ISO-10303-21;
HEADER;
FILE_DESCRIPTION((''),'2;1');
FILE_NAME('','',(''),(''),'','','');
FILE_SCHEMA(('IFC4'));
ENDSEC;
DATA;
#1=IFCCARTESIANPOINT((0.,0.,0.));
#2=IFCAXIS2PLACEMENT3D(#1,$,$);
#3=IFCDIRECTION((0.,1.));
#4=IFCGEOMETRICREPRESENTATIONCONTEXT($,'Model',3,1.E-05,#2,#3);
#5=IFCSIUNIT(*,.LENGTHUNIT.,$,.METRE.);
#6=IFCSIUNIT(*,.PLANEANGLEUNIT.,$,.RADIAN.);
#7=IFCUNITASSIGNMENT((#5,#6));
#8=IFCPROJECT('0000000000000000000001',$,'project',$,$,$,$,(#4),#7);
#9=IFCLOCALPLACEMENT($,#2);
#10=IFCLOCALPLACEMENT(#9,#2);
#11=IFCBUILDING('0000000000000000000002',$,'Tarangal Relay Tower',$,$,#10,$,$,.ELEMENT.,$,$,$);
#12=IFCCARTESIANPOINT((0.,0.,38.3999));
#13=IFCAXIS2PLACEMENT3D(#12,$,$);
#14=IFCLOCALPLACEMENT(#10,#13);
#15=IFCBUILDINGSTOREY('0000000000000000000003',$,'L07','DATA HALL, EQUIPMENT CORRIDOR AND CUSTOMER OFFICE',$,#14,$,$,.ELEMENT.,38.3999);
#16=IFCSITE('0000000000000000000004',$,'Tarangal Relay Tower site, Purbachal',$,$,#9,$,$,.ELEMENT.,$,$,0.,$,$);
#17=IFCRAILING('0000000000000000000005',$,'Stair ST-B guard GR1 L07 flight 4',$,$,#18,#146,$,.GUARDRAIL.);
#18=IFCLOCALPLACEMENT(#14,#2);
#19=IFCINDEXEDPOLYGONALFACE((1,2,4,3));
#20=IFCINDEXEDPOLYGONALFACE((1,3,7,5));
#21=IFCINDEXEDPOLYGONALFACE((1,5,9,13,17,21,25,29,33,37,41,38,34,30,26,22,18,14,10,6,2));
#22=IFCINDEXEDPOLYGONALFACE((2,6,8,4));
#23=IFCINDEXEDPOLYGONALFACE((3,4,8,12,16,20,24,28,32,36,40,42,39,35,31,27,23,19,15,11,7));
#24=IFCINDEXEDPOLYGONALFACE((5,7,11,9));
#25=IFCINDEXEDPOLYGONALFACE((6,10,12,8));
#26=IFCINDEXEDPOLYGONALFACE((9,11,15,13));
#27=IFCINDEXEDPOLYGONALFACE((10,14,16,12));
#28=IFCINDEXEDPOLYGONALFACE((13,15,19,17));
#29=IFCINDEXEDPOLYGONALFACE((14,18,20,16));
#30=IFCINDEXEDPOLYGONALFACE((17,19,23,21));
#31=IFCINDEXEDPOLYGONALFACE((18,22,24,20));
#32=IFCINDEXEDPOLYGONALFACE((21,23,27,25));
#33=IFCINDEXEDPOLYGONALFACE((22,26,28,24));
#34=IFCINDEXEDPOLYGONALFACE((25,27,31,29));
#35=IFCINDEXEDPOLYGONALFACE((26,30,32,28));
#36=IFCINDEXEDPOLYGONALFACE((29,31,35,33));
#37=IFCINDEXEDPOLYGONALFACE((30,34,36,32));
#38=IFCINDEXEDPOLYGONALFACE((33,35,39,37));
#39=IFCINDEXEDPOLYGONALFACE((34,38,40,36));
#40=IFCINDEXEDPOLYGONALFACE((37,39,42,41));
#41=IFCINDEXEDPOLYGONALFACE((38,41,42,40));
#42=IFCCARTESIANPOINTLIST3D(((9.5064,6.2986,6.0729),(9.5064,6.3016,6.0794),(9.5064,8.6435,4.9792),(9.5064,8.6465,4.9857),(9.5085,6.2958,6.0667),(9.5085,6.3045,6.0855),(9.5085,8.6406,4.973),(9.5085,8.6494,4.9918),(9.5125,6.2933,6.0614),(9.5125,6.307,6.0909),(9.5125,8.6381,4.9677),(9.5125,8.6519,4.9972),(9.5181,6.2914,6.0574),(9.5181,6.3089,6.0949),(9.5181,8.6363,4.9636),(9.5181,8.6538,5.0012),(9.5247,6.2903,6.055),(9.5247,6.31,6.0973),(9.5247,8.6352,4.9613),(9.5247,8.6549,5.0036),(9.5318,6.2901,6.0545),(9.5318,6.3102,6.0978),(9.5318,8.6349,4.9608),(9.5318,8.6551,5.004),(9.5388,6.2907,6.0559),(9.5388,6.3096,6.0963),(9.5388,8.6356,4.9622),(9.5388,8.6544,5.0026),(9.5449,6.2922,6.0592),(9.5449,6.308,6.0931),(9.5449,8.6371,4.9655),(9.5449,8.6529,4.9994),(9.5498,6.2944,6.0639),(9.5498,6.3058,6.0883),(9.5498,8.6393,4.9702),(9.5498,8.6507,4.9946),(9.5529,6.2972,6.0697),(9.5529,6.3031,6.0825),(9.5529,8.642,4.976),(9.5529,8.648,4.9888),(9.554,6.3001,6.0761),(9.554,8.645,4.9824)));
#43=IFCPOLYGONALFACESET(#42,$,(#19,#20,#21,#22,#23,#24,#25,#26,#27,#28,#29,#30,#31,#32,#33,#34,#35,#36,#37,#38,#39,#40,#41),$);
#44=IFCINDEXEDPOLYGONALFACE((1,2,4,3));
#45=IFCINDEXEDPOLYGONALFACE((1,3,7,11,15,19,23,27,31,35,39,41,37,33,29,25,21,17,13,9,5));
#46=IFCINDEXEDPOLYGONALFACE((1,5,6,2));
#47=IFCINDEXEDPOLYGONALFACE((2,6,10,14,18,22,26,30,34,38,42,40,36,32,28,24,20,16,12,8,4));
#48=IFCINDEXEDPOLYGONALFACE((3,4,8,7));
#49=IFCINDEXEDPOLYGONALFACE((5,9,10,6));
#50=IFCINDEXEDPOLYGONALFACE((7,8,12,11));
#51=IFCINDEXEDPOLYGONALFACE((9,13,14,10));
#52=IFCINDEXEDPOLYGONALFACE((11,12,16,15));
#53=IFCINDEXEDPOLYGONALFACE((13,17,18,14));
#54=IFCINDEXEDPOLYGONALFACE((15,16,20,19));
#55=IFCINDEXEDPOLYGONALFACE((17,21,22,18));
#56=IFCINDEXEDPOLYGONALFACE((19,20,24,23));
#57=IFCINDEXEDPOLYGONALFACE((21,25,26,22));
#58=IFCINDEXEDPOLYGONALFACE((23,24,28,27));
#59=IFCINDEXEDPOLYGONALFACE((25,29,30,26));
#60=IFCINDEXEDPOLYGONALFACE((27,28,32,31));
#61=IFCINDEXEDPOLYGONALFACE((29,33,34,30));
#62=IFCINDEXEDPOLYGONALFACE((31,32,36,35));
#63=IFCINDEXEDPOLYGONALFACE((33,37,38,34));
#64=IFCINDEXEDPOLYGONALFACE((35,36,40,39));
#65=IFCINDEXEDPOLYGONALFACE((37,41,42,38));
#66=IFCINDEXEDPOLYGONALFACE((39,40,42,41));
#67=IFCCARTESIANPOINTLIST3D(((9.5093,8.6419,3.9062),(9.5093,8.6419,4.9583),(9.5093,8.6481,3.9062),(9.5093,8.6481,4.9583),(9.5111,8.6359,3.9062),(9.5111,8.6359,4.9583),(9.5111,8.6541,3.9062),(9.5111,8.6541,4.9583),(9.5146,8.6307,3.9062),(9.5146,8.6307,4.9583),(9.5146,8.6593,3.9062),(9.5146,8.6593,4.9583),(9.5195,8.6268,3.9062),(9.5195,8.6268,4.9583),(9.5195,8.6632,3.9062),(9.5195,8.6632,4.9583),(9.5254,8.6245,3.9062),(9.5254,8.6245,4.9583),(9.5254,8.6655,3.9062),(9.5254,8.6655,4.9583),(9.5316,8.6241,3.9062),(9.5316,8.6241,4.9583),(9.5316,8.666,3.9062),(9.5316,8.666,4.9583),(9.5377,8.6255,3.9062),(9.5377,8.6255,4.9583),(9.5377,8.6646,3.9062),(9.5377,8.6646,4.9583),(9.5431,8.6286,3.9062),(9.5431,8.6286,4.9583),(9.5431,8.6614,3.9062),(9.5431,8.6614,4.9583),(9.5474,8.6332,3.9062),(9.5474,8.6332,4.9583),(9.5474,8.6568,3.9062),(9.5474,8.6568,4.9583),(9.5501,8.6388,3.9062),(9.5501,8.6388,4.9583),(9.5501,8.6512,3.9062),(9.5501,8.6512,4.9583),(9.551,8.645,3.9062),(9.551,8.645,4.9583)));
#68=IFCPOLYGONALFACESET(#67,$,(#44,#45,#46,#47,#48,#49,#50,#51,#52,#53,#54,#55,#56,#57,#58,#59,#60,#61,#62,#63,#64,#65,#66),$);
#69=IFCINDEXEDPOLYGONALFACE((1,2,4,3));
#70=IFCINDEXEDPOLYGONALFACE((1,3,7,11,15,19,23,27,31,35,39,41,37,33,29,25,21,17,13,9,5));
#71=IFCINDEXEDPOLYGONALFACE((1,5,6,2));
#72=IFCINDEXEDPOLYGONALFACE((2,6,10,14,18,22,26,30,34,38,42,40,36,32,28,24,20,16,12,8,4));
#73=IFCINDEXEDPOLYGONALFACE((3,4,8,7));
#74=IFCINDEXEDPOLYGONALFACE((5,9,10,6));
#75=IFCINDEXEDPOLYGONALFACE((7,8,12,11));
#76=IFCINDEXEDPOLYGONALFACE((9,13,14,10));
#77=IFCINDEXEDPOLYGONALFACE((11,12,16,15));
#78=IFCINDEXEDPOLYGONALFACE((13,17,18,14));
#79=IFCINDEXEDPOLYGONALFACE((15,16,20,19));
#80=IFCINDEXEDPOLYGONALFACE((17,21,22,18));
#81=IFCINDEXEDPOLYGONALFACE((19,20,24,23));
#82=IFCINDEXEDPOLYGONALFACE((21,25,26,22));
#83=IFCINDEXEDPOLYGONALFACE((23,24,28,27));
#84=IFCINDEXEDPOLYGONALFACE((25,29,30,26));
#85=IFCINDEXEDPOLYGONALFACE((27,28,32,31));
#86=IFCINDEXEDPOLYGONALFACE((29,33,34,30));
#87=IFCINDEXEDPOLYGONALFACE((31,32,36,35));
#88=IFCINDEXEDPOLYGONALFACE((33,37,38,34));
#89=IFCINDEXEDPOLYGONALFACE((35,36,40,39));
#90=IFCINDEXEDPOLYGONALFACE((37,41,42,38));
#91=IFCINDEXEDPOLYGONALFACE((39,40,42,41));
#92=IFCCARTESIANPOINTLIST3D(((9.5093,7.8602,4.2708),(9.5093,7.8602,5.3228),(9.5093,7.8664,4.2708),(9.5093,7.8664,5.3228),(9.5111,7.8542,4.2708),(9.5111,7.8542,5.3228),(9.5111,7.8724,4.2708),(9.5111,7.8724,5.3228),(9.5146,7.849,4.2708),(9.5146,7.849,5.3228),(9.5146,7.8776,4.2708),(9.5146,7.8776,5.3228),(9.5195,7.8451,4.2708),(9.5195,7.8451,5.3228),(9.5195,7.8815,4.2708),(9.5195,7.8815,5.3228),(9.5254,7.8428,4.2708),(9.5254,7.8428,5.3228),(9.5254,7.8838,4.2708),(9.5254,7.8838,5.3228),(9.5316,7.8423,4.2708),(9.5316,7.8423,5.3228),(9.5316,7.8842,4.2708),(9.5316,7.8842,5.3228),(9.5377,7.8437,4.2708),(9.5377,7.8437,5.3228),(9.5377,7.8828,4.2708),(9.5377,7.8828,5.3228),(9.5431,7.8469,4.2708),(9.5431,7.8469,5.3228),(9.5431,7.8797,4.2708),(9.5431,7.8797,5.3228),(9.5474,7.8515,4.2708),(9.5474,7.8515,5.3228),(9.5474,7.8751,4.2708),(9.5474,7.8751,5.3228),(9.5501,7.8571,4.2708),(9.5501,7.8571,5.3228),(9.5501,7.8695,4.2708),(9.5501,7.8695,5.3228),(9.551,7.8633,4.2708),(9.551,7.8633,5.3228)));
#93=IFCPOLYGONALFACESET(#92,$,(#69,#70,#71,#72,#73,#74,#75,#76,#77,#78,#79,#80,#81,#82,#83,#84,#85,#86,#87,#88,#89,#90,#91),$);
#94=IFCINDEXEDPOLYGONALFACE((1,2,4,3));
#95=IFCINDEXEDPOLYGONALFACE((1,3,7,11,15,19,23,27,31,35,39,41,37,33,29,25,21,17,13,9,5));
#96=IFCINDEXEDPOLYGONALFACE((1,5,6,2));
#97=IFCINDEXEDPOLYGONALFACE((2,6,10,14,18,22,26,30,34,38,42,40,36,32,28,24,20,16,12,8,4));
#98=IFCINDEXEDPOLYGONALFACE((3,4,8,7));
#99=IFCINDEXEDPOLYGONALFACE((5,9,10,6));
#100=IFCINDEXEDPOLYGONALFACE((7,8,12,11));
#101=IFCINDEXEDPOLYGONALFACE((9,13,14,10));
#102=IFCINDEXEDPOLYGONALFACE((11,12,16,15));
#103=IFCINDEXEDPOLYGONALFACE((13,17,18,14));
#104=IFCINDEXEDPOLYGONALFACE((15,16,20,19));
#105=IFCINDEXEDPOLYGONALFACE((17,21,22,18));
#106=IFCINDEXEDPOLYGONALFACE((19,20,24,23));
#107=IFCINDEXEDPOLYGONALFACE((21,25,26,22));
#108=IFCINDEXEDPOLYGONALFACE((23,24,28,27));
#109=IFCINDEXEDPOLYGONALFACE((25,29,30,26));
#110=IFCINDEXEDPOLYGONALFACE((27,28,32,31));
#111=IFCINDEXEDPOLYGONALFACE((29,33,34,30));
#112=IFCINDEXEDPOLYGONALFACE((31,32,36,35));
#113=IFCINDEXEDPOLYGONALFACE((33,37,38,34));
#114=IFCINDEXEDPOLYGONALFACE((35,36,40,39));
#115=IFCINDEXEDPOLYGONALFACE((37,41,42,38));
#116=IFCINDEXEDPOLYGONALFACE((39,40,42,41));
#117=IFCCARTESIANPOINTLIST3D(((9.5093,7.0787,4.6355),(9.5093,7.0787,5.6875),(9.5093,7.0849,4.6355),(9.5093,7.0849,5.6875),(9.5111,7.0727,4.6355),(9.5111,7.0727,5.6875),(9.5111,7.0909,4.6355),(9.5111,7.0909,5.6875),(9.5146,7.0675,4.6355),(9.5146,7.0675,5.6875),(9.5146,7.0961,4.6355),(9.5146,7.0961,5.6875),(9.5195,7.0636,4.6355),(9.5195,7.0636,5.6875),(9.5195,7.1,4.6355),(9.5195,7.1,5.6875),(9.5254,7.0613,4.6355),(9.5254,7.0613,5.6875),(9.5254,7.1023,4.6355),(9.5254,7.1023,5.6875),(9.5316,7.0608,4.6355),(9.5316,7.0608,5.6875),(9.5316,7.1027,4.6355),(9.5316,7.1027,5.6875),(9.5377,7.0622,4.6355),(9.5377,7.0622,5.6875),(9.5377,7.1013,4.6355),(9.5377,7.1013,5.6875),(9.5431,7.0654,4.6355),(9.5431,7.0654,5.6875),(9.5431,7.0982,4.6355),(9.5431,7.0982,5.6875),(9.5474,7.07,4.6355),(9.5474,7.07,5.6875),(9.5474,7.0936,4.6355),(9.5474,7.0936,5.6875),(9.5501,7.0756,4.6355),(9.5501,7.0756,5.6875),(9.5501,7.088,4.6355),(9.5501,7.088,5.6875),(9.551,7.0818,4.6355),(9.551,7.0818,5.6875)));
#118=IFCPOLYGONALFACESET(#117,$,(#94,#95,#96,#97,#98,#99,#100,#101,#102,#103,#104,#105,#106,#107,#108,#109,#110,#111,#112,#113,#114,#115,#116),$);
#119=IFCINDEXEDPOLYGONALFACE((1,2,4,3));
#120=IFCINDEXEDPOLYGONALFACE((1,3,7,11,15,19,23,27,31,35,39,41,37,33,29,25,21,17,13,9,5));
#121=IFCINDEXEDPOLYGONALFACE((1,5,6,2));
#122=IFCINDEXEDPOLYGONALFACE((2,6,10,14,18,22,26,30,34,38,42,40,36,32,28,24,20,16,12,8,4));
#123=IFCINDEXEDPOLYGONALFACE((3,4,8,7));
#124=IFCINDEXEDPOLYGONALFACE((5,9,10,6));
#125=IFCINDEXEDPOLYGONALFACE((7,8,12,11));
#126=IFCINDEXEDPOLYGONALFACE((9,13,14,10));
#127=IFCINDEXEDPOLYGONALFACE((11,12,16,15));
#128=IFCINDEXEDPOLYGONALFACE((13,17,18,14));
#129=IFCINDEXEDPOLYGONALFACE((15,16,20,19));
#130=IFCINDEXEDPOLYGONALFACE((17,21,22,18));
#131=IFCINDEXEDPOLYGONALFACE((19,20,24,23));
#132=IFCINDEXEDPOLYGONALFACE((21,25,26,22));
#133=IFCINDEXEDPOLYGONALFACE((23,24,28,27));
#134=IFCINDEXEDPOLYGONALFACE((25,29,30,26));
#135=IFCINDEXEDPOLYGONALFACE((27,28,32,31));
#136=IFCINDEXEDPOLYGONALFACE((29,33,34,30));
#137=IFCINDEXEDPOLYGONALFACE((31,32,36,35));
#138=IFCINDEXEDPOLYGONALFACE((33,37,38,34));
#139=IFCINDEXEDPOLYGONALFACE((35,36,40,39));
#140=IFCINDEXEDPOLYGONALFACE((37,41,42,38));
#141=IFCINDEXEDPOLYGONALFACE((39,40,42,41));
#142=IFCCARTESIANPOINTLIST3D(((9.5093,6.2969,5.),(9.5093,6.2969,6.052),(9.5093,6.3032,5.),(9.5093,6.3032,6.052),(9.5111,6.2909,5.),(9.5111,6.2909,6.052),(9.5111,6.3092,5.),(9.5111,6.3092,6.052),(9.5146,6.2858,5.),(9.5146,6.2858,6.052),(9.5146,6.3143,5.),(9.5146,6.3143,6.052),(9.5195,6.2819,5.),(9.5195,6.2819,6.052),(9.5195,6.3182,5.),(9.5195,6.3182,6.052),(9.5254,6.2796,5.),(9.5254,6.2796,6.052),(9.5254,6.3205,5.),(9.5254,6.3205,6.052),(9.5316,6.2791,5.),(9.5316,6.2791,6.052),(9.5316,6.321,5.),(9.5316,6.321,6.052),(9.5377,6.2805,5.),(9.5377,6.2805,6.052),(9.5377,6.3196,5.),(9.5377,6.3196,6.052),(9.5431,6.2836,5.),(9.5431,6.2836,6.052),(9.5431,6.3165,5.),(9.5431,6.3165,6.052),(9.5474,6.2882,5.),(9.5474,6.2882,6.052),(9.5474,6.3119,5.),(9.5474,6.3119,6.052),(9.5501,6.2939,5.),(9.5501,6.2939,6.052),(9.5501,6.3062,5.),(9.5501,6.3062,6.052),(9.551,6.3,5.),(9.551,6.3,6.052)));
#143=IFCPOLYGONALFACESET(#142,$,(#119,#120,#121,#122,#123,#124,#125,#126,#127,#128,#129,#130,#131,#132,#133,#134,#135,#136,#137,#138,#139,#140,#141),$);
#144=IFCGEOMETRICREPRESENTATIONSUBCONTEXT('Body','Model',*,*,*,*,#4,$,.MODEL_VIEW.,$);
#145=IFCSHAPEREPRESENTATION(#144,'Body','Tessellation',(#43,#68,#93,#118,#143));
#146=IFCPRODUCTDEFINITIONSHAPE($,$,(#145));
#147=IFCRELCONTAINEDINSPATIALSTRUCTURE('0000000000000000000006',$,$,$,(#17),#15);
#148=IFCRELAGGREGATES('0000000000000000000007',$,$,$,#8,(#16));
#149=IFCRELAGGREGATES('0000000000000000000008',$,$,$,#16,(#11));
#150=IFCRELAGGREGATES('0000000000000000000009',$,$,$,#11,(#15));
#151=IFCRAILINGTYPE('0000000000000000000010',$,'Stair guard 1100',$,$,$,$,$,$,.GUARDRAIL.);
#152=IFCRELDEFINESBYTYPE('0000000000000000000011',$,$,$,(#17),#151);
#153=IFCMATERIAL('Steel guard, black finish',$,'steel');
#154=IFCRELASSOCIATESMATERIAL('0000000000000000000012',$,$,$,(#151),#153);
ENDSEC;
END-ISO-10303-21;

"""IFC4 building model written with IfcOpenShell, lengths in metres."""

from ifc_helpers import new_model, si_unit, direction, frame, origin, origin_2d, place, context, subcontext, project, spatial, circle, extrude, material, type_object, element, save


model = new_model("IFC4")

# Units and contexts
model_context = context("Model", 3, precision=1e-05, world=origin(), true_north=direction((0.0, 1.0)))
body_context = subcontext(model_context, "Body", "Model", "MODEL_VIEW")
ifc_project = project(units=[si_unit("LENGTHUNIT", "METRE"), si_unit("PLANEANGLEUNIT", "RADIAN")], contexts=[model_context])

# Site, building, storey
site_placement = place(None, origin())
site = spatial("IfcSite", under=ifc_project, at=site_placement, Name="Tarangal Relay Tower site, Purbachal", CompositionType="ELEMENT", RefElevation=0.0)
building_placement = place(site_placement, origin())
building = spatial("IfcBuilding", under=site, at=building_placement, Name="Tarangal Relay Tower", CompositionType="ELEMENT")
storey_placement = place(building_placement, frame((0.0, 0.0, 38.3999)))
storey = spatial("IfcBuildingStorey", under=building, at=storey_placement, Name="L07", Description="DATA HALL, EQUIPMENT CORRIDOR AND CUSTOMER OFFICE", CompositionType="ELEMENT", Elevation=38.3999)

# Railing
ifc_material_1 = material(Name="Steel guard, black finish", Category="steel")
railing_type_1 = type_object("IfcRailingType", Name="Stair guard 1100", PredefinedType="GUARDRAIL", material=ifc_material_1)
railing_1_placement = place(storey_placement, frame((9.53, 8.645, 3.9062)))
element("IfcRailing", 1, at=railing_1_placement, inside=storey, type_object=railing_type_1, Name="Stair ST-B guard GR1 L07 flight 4", PredefinedType="GUARDRAIL", context=body_context, shape_type="SweptSolid", body=[
    extrude(circle(Radius=0.0239, at=origin_2d()), frame((0.0, 0.0, 1.0762), z_axis=(0.0, -0.906267, 0.422705), x_axis=(1.0, 0.0, 0.0)), (0.0, 0.0, 1.0), 2.5874),
    extrude(circle(Radius=0.021, at=origin_2d()), origin(), (0.0, 0.0, 1.0), 1.052),
    extrude(circle(Radius=0.021, at=origin_2d()), frame((0.0, -0.7817, 0.3645)), (0.0, 0.0, 1.0), 1.052),
    extrude(circle(Radius=0.021, at=origin_2d()), frame((0.0, -1.5632, 0.7292)), (0.0, 0.0, 1.0), 1.052),
    extrude(circle(Radius=0.021, at=origin_2d()), frame((0.0, -2.345, 1.0938)), (0.0, 0.0, 1.0), 1.052),
])

save(model, "model.ifc")
